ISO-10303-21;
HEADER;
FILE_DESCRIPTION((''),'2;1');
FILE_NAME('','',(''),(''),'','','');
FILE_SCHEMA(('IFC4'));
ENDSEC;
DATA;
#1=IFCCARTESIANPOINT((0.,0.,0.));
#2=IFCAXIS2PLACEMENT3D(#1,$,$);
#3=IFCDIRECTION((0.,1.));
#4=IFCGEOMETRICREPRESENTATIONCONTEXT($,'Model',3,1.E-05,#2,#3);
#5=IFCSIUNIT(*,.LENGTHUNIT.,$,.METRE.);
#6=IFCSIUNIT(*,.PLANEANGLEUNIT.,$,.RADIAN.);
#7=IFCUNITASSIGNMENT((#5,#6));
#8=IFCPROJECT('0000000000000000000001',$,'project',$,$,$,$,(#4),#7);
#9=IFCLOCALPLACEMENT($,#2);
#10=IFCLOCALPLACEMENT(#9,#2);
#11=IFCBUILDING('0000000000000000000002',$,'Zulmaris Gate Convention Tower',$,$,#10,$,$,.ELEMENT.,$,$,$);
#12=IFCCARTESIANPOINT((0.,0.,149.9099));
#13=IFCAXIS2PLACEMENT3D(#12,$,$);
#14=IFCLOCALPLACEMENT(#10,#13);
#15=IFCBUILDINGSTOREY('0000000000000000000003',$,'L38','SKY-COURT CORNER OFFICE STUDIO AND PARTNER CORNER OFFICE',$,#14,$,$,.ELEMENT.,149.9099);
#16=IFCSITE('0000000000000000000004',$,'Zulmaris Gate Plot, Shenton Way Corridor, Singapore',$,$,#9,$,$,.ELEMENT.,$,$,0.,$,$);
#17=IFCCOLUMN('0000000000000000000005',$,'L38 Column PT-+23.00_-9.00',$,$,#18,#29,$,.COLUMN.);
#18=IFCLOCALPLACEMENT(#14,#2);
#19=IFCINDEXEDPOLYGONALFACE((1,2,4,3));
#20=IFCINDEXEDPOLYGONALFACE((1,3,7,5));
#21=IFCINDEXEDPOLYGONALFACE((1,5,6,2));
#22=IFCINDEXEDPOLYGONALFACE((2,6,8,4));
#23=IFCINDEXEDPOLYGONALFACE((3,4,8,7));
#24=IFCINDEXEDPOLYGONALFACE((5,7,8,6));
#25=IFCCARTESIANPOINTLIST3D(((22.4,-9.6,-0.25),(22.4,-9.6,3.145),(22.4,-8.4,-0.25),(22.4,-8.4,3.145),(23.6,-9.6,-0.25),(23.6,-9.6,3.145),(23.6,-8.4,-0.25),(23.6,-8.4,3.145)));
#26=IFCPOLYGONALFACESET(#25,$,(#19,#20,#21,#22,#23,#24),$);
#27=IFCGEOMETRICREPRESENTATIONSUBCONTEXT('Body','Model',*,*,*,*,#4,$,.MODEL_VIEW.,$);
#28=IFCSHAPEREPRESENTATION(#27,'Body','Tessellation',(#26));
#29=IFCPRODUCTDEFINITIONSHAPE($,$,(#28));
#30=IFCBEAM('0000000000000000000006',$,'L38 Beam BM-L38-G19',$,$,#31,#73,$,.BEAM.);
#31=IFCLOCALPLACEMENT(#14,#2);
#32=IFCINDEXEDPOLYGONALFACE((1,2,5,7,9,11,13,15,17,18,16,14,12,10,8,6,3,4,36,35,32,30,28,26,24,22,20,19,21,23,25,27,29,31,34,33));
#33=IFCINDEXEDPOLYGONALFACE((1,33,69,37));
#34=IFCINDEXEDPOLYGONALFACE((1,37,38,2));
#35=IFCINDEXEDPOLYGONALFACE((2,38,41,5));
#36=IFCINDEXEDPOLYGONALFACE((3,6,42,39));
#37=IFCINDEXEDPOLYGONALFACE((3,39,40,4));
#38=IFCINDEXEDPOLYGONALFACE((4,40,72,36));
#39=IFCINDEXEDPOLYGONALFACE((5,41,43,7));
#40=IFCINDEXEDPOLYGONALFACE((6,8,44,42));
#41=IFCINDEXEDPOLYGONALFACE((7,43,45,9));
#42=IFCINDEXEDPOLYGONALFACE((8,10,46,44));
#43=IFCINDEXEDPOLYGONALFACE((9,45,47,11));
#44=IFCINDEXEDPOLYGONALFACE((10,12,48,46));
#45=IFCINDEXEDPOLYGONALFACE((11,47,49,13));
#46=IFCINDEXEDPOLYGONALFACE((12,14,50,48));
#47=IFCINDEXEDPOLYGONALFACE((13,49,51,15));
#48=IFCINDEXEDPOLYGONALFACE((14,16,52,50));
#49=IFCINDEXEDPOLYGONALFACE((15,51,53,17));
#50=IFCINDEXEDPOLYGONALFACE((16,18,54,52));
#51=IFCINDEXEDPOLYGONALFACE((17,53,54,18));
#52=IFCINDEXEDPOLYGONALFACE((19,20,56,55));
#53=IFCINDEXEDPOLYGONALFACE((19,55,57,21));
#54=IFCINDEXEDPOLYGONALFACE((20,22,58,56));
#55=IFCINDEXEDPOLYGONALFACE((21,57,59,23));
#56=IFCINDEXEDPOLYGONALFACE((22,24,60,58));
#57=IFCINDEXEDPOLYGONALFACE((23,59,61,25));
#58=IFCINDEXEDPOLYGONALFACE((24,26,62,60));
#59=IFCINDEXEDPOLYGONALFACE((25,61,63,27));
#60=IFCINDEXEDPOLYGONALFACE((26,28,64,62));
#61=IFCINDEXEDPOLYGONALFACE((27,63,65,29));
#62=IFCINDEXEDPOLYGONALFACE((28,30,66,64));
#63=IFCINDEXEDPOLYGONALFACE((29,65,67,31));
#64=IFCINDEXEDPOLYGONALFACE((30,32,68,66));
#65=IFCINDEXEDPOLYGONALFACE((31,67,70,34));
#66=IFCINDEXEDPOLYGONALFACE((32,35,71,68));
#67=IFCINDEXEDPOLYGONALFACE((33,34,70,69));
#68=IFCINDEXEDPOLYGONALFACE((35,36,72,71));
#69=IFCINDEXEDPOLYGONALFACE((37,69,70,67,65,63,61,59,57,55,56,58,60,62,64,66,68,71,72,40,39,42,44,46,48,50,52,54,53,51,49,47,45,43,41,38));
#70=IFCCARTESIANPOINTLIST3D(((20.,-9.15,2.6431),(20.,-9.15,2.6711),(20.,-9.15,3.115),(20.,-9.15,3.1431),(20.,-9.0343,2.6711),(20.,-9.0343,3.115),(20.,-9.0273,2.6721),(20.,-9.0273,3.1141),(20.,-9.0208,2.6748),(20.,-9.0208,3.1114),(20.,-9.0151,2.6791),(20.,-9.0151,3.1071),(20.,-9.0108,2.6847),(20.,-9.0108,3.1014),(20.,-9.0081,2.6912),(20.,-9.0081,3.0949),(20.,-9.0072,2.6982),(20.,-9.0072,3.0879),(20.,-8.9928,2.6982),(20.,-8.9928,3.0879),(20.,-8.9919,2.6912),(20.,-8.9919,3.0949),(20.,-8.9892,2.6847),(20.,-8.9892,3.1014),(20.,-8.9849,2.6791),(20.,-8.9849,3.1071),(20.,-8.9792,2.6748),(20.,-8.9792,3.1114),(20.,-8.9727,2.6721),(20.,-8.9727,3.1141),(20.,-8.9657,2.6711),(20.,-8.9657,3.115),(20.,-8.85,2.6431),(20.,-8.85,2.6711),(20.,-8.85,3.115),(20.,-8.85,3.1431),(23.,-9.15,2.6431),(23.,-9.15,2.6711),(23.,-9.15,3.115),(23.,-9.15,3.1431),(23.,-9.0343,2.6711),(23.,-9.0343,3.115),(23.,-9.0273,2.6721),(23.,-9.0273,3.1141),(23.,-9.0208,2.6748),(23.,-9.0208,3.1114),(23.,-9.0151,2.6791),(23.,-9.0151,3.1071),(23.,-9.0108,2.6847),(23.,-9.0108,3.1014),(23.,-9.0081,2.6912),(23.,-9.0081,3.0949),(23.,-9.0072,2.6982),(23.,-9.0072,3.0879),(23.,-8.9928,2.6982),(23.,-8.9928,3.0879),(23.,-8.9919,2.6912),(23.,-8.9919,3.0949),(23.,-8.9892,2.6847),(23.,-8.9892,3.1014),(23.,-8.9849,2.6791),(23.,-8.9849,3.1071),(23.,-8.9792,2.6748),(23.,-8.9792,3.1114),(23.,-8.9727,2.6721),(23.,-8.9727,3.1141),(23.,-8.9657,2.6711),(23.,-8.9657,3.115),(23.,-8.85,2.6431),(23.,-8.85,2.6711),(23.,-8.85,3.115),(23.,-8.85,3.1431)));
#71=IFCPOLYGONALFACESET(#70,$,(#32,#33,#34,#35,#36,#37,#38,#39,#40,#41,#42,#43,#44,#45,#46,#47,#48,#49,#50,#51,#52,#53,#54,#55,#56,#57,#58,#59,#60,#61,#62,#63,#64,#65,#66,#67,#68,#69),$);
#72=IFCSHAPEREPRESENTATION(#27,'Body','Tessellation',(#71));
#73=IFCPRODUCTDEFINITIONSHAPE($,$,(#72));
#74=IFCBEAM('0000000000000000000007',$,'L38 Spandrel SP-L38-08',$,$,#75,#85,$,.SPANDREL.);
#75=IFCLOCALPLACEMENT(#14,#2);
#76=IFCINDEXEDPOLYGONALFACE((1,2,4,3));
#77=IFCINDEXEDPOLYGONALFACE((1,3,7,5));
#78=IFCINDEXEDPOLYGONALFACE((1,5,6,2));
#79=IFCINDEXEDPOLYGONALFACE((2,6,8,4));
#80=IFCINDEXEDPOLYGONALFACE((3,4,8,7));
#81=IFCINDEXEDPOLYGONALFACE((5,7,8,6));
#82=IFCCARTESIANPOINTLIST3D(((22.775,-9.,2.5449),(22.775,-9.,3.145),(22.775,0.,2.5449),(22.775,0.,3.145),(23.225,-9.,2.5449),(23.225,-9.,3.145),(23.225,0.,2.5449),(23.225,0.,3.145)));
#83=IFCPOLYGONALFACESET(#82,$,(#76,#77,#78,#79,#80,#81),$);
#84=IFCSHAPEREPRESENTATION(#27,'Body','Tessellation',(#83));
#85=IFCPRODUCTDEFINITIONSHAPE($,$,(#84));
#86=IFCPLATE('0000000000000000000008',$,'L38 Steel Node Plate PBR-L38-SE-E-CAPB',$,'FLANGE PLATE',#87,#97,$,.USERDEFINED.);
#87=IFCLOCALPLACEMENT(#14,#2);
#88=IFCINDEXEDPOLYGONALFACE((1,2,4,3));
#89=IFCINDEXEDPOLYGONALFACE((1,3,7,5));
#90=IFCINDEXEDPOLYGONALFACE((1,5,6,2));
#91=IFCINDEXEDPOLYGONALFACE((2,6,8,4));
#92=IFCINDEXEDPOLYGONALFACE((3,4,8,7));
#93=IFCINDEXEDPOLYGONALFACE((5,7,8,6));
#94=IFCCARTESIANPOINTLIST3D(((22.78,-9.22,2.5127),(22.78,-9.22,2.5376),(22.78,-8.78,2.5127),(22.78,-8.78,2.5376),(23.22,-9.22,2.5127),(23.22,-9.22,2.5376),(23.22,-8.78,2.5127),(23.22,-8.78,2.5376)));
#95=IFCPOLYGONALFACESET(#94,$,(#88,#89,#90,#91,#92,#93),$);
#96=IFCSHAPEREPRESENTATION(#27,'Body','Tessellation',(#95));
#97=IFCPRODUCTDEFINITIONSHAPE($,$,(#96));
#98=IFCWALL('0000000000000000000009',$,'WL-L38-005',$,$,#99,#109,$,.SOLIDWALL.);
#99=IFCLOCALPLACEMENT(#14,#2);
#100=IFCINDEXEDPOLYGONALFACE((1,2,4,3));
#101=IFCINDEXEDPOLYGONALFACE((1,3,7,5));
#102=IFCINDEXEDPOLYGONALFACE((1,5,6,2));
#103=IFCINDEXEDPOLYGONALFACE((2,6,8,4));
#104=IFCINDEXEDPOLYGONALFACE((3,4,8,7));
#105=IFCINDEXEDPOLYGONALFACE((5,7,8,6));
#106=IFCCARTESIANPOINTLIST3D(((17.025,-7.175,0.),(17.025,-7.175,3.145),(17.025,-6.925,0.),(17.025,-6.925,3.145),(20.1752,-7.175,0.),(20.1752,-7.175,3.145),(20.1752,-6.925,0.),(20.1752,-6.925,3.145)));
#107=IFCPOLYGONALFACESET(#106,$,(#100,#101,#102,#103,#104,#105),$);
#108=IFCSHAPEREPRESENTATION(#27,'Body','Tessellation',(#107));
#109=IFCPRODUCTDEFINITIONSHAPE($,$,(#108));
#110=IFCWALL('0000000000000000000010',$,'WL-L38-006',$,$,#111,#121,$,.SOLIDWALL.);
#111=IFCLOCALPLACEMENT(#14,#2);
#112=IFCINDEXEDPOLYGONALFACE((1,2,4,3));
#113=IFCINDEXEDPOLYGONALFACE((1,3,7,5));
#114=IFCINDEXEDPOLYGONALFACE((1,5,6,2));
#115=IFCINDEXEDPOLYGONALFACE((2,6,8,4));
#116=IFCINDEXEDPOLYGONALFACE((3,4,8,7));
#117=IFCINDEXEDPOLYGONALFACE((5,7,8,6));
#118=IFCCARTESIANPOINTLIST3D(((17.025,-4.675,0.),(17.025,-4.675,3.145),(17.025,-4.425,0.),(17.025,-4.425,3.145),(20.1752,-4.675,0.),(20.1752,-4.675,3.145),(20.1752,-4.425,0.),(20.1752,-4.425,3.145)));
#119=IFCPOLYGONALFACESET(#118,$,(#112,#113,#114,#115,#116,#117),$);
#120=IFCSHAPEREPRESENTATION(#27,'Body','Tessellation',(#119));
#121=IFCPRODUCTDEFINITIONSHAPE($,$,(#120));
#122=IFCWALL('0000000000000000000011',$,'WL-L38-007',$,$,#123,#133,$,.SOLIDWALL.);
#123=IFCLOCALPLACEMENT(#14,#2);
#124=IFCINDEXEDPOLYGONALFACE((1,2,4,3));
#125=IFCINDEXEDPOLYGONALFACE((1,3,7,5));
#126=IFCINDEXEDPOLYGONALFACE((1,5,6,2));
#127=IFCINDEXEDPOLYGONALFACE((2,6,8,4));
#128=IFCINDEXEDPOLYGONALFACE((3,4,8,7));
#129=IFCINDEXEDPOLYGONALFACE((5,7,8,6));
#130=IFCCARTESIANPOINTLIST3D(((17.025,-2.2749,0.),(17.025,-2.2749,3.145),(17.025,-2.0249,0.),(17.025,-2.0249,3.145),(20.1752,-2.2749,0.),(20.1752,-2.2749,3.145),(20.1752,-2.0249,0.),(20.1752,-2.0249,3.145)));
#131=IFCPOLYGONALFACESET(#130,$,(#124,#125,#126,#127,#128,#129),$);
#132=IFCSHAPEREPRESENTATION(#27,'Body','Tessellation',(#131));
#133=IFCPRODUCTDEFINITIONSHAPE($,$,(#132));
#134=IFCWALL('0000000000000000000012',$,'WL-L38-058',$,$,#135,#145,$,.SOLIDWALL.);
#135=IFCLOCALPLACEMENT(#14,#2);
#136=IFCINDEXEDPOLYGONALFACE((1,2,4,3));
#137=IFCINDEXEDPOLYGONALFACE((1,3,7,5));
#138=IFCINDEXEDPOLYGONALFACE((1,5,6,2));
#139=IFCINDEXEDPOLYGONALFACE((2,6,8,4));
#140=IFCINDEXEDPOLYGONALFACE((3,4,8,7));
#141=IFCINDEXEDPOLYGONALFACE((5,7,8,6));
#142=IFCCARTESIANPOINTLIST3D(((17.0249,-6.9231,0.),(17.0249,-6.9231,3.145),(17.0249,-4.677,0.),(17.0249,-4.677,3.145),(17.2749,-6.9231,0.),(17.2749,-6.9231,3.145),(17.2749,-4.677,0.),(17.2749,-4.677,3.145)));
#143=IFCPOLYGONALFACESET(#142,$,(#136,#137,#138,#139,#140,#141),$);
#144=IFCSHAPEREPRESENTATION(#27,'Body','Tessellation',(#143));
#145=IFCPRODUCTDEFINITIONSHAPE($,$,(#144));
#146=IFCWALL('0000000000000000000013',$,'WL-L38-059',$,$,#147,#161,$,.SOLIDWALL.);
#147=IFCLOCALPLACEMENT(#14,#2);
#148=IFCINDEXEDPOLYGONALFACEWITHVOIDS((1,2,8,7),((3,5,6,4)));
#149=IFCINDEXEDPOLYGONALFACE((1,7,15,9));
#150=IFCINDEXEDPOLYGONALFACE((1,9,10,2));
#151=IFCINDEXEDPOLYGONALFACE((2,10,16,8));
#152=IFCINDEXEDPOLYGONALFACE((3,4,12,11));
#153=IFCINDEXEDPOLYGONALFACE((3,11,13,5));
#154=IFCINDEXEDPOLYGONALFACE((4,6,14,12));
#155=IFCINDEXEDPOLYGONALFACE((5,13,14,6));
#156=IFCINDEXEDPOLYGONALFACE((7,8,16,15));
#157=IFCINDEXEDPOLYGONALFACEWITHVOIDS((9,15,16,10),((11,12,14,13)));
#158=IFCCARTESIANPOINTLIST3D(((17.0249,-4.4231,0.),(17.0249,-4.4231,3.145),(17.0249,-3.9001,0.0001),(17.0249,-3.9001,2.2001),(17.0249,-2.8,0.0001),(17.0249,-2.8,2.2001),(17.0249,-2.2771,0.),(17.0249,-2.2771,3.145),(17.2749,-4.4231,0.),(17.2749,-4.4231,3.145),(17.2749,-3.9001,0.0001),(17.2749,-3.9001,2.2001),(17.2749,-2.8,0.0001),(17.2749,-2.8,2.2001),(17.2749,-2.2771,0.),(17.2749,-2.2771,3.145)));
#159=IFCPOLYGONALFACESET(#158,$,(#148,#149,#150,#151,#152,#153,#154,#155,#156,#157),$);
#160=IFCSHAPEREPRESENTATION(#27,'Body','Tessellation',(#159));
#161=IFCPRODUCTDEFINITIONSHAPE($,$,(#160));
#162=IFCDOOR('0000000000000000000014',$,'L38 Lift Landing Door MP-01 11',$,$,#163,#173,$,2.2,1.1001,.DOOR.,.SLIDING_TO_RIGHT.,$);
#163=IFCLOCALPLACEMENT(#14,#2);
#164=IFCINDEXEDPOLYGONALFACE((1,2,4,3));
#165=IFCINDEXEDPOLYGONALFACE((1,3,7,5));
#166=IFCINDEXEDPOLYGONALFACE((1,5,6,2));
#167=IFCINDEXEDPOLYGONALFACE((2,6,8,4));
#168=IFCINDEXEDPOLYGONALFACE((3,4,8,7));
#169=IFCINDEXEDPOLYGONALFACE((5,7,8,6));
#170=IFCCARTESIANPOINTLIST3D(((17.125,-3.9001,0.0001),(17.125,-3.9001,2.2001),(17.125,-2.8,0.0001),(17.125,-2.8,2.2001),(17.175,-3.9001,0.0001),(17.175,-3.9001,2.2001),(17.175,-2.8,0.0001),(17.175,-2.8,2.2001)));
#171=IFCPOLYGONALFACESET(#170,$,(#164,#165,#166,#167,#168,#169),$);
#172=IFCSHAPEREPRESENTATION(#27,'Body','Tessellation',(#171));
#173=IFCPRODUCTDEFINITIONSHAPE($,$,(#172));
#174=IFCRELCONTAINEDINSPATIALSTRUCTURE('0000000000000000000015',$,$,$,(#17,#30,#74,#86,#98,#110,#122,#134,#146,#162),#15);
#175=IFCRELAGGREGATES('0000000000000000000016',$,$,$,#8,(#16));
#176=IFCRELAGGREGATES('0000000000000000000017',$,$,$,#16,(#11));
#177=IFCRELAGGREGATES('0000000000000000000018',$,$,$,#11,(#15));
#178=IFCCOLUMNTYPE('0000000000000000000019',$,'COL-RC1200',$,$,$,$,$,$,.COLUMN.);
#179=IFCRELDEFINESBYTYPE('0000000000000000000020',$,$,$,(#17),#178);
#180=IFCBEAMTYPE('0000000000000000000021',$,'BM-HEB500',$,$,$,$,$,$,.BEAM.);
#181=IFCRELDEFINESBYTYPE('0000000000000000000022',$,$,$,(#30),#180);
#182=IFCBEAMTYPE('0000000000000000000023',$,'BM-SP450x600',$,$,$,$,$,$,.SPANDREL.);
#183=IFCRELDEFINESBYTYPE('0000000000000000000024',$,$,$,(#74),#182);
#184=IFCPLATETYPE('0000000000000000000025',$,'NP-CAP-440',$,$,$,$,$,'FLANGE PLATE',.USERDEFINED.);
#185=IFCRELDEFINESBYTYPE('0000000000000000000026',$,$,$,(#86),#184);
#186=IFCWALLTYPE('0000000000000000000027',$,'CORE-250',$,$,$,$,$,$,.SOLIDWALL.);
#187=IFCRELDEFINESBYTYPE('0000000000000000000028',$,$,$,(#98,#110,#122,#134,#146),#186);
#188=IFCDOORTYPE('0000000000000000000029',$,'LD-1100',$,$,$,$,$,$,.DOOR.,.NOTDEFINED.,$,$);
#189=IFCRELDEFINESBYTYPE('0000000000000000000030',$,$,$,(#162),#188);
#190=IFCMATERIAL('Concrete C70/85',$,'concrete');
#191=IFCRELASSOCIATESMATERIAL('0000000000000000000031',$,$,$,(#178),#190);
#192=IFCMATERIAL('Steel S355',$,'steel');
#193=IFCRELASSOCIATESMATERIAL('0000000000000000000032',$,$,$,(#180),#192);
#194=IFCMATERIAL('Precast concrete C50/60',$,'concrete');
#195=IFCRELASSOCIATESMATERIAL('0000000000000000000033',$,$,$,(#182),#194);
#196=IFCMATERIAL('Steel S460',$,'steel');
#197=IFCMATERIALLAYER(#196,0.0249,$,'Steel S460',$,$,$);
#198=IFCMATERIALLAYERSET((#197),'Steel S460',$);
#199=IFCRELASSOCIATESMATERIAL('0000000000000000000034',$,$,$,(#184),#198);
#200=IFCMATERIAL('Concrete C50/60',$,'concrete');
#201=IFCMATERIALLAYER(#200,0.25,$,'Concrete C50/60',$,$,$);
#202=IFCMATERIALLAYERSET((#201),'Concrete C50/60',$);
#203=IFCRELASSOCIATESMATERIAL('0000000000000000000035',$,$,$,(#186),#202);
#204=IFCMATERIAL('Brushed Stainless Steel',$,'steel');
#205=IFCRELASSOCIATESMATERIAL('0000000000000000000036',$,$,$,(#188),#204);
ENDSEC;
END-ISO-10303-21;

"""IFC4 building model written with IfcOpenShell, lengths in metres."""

from ifc_helpers import new_model, si_unit, direction, frame, frame_2d, origin, origin_2d, place, context, subcontext, project, spatial, rectangle, i_section, extrude, material, layer, layer_set, material_profile, profile_set, type_object, element, fill, save


model = new_model("IFC4")

# Units and contexts
model_context = context("Model", 3, precision=1e-05, world=origin(), true_north=direction((0.0, 1.0)))
body_context = subcontext(model_context, "Body", "Model", "MODEL_VIEW")
ifc_project = project(units=[si_unit("LENGTHUNIT", "METRE"), si_unit("PLANEANGLEUNIT", "RADIAN")], contexts=[model_context])

# Site, building, storey
site_placement = place(None, origin())
site = spatial("IfcSite", under=ifc_project, at=site_placement, Name="Zulmaris Gate Plot, Shenton Way Corridor, Singapore", CompositionType="ELEMENT", RefElevation=0.0)
building_placement = place(site_placement, origin())
building = spatial("IfcBuilding", under=site, at=building_placement, Name="Zulmaris Gate Convention Tower", CompositionType="ELEMENT")
storey_placement = place(building_placement, frame((0.0, 0.0, 149.9099)))
storey = spatial("IfcBuildingStorey", under=building, at=storey_placement, Name="L38", Description="SKY-COURT CORNER OFFICE STUDIO AND PARTNER CORNER OFFICE", CompositionType="ELEMENT", Elevation=149.9099)

# Column
ifc_material_1 = material(Name="Concrete C70/85", Category="concrete")
ifc_material_profile_1 = material_profile(ifc_material_1, rectangle(XDim=1.2, YDim=1.2, at=origin_2d()), Name="RC COL 1200x1200")
ifc_profile_set_1 = profile_set([ifc_material_profile_1], Name="Concrete C70/85")
column_type = type_object("IfcColumnType", Name="COL-RC1200", PredefinedType="COLUMN", material=ifc_profile_set_1)
column_placement = place(storey_placement, frame((23.0, -9.0, -0.25), z_axis=(0.0, 0.0, 1.0), x_axis=(1.0, 0.0, 0.0)))
element("IfcColumn", 1, at=column_placement, inside=storey, type_object=column_type, Name="L38 Column PT-+23.00_-9.00", PredefinedType="COLUMN", context=body_context, shape_type="SweptSolid", body=[
    extrude(rectangle(XDim=1.2, YDim=1.2, at=origin_2d()), origin(), (0.0, 0.0, 1.0), 3.395),
])

# Beams
ifc_material_2 = material(Name="Steel S355", Category="steel")
ifc_material_profile_2 = material_profile(ifc_material_2, i_section(OverallWidth=0.3, OverallDepth=0.5, WebThickness=0.0144, FlangeThickness=0.0281, FilletRadius=0.0271, at=origin_2d()), Name="HEB 500")
ifc_profile_set_2 = profile_set([ifc_material_profile_2], Name="Steel S355")
beam_type_1 = type_object("IfcBeamType", Name="BM-HEB500", PredefinedType="BEAM", material=ifc_profile_set_2)
beam_1_placement = place(storey_placement, frame((20.0, -9.0, 2.8931), z_axis=(1.0, 0.0, 0.0), x_axis=(0.0, 1.0, 0.0)))
element("IfcBeam", 2, at=beam_1_placement, inside=storey, type_object=beam_type_1, Name="L38 Beam BM-L38-G19", PredefinedType="BEAM", context=body_context, shape_type="SweptSolid", body=[
    extrude(i_section(OverallWidth=0.3, OverallDepth=0.5, WebThickness=0.0144, FlangeThickness=0.0281, FilletRadius=0.0271, at=origin_2d()), origin(), (0.0, 0.0, 1.0), 3.0),
])
ifc_material_3 = material(Name="Precast concrete C50/60", Category="concrete")
ifc_material_profile_3 = material_profile(ifc_material_3, rectangle(XDim=0.45, YDim=0.6001, at=origin_2d()), Name="RC SPANDREL 450x600")
ifc_profile_set_3 = profile_set([ifc_material_profile_3], Name="Precast concrete C50/60")
beam_type_2 = type_object("IfcBeamType", Name="BM-SP450x600", PredefinedType="SPANDREL", material=ifc_profile_set_3)
beam_2_placement = place(storey_placement, frame((23.0, -9.0, 2.845), z_axis=(0.0, 1.0, 0.0), x_axis=(-1.0, 0.0, 0.0)))
element("IfcBeam", 3, at=beam_2_placement, inside=storey, type_object=beam_type_2, Name="L38 Spandrel SP-L38-08", PredefinedType="SPANDREL", context=body_context, shape_type="SweptSolid", body=[
    extrude(rectangle(XDim=0.45, YDim=0.6001, at=origin_2d()), origin(), (0.0, 0.0, 1.0), 9.0),
])

# Plate
ifc_material_4 = material(Name="Steel S460", Category="steel")
ifc_layer_1 = layer(ifc_material_4, 0.0249, Name="Steel S460")
ifc_layer_set_1 = layer_set([ifc_layer_1], Name="Steel S460")
plate_type = type_object("IfcPlateType", Name="NP-CAP-440", ElementType="FLANGE PLATE", PredefinedType="USERDEFINED", material=ifc_layer_set_1)
plate_placement = place(storey_placement, frame((23.0, -9.0, 2.5127), z_axis=(0.0, 0.0, 1.0), x_axis=(1.0, 0.0, 0.0)))
element("IfcPlate", 4, at=plate_placement, inside=storey, type_object=plate_type, Name="L38 Steel Node Plate PBR-L38-SE-E-CAPB", ObjectType="FLANGE PLATE", PredefinedType="USERDEFINED", context=body_context, shape_type="SweptSolid", body=[
    extrude(rectangle(XDim=0.4399, YDim=0.4399, at=origin_2d()), origin(), (0.0, 0.0, 1.0), 0.0249),
])

# Walls
ifc_material_5 = material(Name="Concrete C50/60", Category="concrete")
ifc_layer_2 = layer(ifc_material_5, 0.25, Name="Concrete C50/60")
ifc_layer_set_2 = layer_set([ifc_layer_2], Name="Concrete C50/60")
wall_type_1 = type_object("IfcWallType", Name="CORE-250", PredefinedType="SOLIDWALL", material=ifc_layer_set_2)
for number, where, z_axis, x_axis, name in (
    (5, (17.0249, -7.05, 0.0), (0.0, 0.0, 1.0), (1.0, 0.0, 0.0), "WL-L38-005"),
    (6, (17.0249, -4.55, 0.0), (0.0, 0.0, 1.0), (1.0, 0.0, 0.0), "WL-L38-006"),
    (7, (17.0249, -2.1499, 0.0), (0.0, 0.0, 1.0), (1.0, 0.0, 0.0), "WL-L38-007"),
):
    element("IfcWall", number, at=place(storey_placement, frame(where, z_axis=z_axis, x_axis=x_axis)), inside=storey, type_object=wall_type_1, Name=name, PredefinedType="SOLIDWALL", context=body_context, shape_type="SweptSolid", body=[
        extrude(rectangle(XDim=3.1501, YDim=0.25, at=frame_2d((1.5752, 0.0))), origin(), (0.0, 0.0, 1.0), 3.145),
    ])
wall_1_placement = place(storey_placement, frame((17.1499, -6.9231, 0.0), z_axis=(0.0, 0.0, 1.0), x_axis=(0.0, 1.0, 0.0)))
element("IfcWall", 8, at=wall_1_placement, inside=storey, type_object=wall_type_1, Name="WL-L38-058", PredefinedType="SOLIDWALL", context=body_context, shape_type="SweptSolid", body=[
    extrude(rectangle(XDim=2.2461, YDim=0.25, at=frame_2d((1.123, 0.0))), origin(), (0.0, 0.0, 1.0), 3.145),
])

# Wall, opening, door
wall_2_placement = place(storey_placement, frame((17.1499, -4.4231, 0.0), z_axis=(0.0, 0.0, 1.0), x_axis=(0.0, 1.0, 0.0)))
wall_2 = element("IfcWall", 9, at=wall_2_placement, inside=storey, type_object=wall_type_1, Name="WL-L38-059", PredefinedType="SOLIDWALL", context=body_context, shape_type="SweptSolid", body=[
    extrude(rectangle(XDim=2.146, YDim=0.25, at=frame_2d((1.073, 0.0))), origin(), (0.0, 0.0, 1.0), 3.145),
])
opening_1_placement = place(wall_2_placement, frame((0.5229, 0.0, 0.0)))
opening_1 = element("IfcOpeningElement", 10, at=opening_1_placement, cuts=wall_2, PredefinedType="OPENING", context=body_context, shape_type="SweptSolid", body=[
    extrude(rectangle(XDim=1.1001, YDim=2.2, at=frame_2d((0.55, 1.1001))), frame((0.0, 0.135, 0.0), z_axis=(0.0, -1.0, 0.0), x_axis=(1.0, 0.0, 0.0)), (0.0, 0.0, 1.0), 0.27),
])
ifc_material_6 = material(Name="Brushed Stainless Steel", Category="steel")
door_type_1 = type_object("IfcDoorType", Name="LD-1100", OperationType="NOTDEFINED", PredefinedType="DOOR", material=ifc_material_6)
door_1_placement = place(opening_1_placement, origin())
door_1 = element("IfcDoor", 11, at=door_1_placement, inside=storey, type_object=door_type_1, Name="L38 Lift Landing Door MP-01 11", OperationType="SLIDING_TO_RIGHT", OverallHeight=2.2, OverallWidth=1.1001, PredefinedType="DOOR", context=body_context, shape_type="SweptSolid", body=[
    extrude(rectangle(XDim=1.1001, YDim=2.2, at=frame_2d((0.55, 1.1001))), frame((0.0, 0.0249, 0.0), z_axis=(0.0, -1.0, 0.0), x_axis=(1.0, 0.0, 0.0)), (0.0, 0.0, 1.0), 0.05),
])
fill(opening_1, door_1)

save(model, "model.ifc")
